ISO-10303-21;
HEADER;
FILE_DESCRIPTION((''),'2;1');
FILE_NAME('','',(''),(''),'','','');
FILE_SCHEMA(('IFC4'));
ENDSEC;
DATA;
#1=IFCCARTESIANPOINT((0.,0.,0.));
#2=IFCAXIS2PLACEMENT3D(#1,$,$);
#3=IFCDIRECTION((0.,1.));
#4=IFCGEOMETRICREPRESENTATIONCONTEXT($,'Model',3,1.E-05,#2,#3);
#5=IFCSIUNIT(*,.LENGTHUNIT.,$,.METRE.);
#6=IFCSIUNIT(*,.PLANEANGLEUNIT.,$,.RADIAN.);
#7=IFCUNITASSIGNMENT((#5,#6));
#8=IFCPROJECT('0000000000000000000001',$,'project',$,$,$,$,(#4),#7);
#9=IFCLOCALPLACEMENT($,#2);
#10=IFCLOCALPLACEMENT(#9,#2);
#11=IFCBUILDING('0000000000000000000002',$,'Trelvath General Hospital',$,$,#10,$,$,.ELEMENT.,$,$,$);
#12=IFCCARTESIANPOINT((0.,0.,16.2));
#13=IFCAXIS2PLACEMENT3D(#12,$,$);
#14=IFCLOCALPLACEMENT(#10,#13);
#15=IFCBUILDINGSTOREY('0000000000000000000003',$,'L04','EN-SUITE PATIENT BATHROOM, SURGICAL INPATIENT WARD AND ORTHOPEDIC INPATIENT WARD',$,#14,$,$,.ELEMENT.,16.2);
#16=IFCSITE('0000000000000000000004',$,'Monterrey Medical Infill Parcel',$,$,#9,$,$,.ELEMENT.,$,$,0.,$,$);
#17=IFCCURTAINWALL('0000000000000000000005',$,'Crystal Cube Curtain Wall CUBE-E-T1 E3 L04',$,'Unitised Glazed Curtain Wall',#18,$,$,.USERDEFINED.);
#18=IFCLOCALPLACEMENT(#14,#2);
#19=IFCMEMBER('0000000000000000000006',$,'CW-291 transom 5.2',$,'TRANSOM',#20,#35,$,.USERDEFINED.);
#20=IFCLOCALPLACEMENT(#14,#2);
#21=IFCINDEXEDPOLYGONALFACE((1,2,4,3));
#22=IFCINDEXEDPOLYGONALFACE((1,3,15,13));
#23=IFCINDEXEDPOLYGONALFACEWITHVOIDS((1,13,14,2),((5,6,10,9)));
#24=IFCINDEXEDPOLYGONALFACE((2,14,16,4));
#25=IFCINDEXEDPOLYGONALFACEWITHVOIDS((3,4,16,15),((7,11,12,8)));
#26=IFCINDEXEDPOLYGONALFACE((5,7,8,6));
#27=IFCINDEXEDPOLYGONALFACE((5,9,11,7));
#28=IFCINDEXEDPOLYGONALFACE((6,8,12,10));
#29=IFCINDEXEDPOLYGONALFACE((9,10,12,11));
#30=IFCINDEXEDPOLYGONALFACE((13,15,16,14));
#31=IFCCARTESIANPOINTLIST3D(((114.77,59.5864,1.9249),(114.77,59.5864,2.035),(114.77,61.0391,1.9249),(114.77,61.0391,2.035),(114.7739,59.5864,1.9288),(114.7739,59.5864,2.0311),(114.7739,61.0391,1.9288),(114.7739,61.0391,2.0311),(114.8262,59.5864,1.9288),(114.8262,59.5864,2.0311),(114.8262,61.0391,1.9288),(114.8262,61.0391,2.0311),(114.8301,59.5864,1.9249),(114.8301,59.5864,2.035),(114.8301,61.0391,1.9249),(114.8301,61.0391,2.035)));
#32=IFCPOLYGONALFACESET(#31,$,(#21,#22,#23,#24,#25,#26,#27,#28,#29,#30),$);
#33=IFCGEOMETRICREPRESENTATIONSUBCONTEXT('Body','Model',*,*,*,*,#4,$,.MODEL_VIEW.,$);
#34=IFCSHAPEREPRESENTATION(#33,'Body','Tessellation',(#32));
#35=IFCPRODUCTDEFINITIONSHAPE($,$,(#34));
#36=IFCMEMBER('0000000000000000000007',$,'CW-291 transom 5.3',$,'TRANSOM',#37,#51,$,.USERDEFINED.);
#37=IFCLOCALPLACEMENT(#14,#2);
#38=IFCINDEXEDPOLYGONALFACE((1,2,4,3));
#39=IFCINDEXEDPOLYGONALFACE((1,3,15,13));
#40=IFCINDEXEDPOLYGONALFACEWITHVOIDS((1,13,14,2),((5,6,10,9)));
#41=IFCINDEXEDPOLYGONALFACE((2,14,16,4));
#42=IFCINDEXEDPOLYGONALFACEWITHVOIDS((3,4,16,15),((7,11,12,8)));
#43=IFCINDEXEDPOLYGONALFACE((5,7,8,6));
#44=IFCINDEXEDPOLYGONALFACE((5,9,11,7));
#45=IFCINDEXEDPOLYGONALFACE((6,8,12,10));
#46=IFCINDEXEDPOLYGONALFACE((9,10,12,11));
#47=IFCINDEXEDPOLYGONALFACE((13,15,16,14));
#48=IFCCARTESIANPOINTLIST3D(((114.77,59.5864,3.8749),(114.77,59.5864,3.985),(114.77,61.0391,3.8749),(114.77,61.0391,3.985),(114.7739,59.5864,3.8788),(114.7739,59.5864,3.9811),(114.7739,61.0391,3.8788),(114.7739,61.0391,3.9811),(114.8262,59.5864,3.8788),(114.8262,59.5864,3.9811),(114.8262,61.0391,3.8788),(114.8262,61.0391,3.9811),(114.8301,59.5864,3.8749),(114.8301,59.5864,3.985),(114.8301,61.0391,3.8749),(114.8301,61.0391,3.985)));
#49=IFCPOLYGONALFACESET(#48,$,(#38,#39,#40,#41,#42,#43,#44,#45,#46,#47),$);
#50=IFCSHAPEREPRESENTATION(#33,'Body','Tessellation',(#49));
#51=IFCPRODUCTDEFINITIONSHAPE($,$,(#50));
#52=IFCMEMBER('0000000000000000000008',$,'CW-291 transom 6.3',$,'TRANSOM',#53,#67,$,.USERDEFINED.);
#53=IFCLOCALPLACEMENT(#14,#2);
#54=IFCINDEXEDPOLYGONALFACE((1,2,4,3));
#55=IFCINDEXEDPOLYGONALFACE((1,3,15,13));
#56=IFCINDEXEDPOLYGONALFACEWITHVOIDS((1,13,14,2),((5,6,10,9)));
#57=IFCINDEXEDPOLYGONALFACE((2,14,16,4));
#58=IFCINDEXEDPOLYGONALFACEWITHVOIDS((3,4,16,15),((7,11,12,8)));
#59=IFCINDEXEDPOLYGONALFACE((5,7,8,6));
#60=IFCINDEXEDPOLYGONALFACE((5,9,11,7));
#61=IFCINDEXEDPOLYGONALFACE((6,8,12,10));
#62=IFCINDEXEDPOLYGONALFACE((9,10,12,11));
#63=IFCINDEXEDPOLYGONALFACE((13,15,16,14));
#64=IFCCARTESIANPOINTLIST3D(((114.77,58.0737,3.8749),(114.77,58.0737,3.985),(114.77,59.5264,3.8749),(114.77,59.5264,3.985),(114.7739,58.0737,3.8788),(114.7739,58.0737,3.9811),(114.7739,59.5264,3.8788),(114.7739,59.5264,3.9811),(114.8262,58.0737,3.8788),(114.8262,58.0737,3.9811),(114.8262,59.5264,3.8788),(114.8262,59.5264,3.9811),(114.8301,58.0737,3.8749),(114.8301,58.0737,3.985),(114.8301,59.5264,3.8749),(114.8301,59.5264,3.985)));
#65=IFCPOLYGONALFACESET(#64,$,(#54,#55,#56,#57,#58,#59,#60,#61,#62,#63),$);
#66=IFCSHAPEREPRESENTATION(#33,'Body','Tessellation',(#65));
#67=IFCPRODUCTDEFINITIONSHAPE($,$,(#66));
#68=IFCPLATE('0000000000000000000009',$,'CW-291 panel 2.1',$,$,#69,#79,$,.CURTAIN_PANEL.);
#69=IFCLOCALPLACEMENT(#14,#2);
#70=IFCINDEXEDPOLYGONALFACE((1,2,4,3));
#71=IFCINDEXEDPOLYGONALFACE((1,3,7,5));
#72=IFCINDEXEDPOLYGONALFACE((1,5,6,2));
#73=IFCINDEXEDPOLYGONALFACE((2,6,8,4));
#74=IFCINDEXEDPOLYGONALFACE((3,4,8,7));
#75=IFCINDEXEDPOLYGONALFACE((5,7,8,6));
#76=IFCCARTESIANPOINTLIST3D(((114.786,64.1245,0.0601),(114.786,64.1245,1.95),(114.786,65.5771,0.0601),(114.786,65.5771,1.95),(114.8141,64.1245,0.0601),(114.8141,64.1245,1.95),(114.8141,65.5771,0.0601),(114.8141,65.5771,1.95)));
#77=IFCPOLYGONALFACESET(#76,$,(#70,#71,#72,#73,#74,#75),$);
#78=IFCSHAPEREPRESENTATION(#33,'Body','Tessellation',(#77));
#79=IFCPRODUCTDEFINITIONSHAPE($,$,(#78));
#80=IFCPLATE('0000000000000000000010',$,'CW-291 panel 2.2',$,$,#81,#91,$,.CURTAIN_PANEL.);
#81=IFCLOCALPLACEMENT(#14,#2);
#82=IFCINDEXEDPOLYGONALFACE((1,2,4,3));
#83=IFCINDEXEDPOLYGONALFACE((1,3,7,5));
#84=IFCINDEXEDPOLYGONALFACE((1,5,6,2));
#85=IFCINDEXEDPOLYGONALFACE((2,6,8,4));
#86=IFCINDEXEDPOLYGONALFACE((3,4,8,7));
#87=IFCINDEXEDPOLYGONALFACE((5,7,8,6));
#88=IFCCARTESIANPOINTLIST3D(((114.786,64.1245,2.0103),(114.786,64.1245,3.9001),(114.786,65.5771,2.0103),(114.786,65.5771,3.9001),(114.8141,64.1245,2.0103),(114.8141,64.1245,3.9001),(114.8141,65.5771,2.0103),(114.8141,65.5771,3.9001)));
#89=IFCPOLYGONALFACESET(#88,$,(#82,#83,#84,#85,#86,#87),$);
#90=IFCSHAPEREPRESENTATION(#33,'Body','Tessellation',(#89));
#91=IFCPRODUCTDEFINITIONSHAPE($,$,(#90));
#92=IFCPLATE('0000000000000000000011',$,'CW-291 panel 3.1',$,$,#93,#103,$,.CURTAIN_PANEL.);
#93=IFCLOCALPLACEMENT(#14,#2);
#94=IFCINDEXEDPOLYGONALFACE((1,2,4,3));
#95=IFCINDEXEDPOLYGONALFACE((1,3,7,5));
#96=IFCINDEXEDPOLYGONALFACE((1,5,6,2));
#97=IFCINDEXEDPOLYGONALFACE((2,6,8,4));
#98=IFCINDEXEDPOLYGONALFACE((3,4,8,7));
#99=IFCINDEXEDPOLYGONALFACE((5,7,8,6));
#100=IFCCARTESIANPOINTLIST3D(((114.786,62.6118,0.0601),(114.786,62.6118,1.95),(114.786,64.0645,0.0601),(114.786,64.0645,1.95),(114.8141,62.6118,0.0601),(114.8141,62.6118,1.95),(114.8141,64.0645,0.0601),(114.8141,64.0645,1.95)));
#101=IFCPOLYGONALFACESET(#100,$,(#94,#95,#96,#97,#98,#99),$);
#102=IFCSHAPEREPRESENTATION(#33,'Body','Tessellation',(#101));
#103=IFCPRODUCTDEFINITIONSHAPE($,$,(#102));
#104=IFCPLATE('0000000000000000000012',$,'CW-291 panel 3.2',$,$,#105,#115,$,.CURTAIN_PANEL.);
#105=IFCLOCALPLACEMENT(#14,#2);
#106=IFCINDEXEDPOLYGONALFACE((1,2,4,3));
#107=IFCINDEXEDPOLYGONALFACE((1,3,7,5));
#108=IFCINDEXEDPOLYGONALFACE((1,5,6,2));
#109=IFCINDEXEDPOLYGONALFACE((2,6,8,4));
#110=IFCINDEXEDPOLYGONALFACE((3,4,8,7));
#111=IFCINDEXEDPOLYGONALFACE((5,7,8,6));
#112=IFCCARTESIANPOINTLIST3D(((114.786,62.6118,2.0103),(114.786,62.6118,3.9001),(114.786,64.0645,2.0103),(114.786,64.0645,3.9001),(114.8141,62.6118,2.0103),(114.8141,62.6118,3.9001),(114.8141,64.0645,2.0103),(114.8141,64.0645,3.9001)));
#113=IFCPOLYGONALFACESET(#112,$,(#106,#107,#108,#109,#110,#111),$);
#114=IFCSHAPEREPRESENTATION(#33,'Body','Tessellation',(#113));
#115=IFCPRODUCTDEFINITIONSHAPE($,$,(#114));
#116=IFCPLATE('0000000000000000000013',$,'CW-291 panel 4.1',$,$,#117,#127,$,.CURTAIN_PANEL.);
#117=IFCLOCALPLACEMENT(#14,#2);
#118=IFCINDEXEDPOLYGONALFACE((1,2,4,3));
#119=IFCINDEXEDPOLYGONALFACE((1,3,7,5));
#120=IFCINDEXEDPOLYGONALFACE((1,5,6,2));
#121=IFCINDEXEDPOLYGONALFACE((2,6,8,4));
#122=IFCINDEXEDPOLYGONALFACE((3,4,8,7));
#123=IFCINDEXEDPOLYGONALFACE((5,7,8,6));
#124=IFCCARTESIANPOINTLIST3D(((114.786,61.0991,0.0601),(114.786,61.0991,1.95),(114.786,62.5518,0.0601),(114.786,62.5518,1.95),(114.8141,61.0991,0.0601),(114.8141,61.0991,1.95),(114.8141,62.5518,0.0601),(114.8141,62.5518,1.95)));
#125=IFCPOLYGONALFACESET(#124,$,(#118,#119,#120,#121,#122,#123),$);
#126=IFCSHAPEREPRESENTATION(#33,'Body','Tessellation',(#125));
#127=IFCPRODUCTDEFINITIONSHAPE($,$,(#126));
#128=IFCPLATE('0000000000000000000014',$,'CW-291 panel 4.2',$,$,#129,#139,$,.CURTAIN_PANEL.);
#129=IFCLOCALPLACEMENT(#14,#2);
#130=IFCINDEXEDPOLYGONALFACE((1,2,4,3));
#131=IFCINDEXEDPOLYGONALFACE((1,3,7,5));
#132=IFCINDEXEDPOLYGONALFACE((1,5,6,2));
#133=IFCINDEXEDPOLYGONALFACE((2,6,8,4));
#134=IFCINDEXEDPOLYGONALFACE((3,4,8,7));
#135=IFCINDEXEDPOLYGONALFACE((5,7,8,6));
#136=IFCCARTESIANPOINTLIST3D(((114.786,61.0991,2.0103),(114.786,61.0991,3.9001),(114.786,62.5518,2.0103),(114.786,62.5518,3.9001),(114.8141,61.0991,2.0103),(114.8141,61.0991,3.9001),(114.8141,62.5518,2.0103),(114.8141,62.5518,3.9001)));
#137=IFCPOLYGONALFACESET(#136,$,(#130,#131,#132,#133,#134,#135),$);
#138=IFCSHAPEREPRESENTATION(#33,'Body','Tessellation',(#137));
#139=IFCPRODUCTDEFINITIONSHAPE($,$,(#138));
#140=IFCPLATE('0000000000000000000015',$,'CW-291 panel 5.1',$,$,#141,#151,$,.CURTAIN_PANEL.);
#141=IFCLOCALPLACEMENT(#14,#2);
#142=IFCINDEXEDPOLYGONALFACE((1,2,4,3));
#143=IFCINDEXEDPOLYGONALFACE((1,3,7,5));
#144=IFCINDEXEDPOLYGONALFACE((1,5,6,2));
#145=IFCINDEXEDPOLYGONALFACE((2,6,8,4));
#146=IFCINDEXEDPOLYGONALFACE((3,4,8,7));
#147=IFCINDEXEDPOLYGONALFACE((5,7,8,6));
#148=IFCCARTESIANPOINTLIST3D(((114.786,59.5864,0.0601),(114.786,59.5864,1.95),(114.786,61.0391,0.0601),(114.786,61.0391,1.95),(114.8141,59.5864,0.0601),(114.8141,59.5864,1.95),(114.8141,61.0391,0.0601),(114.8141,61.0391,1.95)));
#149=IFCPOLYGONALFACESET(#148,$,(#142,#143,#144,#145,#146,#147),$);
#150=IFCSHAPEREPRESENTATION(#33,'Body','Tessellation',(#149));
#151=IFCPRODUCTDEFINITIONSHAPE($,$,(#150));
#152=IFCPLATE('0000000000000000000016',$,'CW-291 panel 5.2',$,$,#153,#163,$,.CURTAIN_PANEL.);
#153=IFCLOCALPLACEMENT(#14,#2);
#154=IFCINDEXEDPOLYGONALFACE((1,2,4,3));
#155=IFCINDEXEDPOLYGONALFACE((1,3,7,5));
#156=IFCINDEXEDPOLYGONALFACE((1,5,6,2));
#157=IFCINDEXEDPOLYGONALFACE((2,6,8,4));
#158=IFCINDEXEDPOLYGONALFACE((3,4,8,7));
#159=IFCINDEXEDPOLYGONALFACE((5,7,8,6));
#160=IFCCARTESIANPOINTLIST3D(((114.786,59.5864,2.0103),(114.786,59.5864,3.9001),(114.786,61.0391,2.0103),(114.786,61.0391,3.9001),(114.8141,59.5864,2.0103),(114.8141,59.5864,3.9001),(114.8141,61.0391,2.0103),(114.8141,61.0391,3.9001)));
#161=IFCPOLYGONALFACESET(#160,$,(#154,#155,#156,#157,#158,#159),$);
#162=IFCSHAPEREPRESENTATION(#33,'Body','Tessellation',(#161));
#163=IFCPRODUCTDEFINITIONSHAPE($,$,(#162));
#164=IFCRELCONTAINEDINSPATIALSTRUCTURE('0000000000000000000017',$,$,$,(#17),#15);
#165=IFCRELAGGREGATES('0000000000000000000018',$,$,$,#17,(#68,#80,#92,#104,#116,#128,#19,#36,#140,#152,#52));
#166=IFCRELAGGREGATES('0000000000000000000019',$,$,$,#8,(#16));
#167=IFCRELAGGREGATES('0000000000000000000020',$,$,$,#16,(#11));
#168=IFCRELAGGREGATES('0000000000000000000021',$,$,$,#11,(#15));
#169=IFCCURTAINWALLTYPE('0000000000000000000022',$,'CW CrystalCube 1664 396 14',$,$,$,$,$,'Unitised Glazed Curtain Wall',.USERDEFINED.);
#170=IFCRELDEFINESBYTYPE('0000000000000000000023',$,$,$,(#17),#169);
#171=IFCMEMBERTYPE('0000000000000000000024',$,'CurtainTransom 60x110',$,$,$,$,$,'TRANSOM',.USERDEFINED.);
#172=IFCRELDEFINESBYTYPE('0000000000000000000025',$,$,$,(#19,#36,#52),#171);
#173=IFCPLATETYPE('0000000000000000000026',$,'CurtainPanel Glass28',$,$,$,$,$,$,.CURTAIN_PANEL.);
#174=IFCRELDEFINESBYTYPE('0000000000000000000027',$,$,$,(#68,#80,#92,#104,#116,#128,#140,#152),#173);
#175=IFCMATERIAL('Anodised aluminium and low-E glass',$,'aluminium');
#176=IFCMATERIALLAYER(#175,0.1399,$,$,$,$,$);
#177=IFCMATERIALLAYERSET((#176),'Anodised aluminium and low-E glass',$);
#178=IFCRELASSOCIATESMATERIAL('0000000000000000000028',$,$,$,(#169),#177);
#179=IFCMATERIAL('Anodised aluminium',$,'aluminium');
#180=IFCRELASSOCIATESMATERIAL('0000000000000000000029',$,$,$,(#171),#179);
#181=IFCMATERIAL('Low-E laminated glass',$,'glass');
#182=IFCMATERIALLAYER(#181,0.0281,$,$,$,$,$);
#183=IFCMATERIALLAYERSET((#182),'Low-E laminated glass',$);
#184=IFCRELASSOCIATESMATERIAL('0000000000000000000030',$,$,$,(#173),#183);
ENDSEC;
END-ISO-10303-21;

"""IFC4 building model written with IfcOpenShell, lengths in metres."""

from ifc_helpers import new_model, si_unit, direction, frame, origin, origin_2d, place, context, subcontext, project, spatial, rectangle, hollow_rectangle, extrude, material, layer, layer_set, material_profile, profile_set, type_object, element, aggregate, save


model = new_model("IFC4")

# Units and contexts
model_context = context("Model", 3, precision=1e-05, world=origin(), true_north=direction((0.0, 1.0)))
body_context = subcontext(model_context, "Body", "Model", "MODEL_VIEW")
ifc_project = project(units=[si_unit("LENGTHUNIT", "METRE"), si_unit("PLANEANGLEUNIT", "RADIAN")], contexts=[model_context])

# Site, building, storey
site_placement = place(None, origin())
site = spatial("IfcSite", under=ifc_project, at=site_placement, Name="Monterrey Medical Infill Parcel", CompositionType="ELEMENT", RefElevation=0.0)
building_placement = place(site_placement, origin())
building = spatial("IfcBuilding", under=site, at=building_placement, Name="Trelvath General Hospital", CompositionType="ELEMENT")
storey_placement = place(building_placement, frame((0.0, 0.0, 16.2)))
storey = spatial("IfcBuildingStorey", under=building, at=storey_placement, Name="L04", Description="EN-SUITE PATIENT BATHROOM, SURGICAL INPATIENT WARD AND ORTHOPEDIC INPATIENT WARD", CompositionType="ELEMENT", Elevation=16.2)

# Curtain wall, members, plates
ifc_material_1 = material(Name="Anodised aluminium and low-E glass", Category="aluminium")
ifc_layer_1 = layer(ifc_material_1, 0.1399)
ifc_layer_set_1 = layer_set([ifc_layer_1], Name="Anodised aluminium and low-E glass")
curtain_wall_type = type_object("IfcCurtainWallType", Name="CW CrystalCube 1664 396 14", ElementType="Unitised Glazed Curtain Wall", PredefinedType="USERDEFINED", material=ifc_layer_set_1)
curtain_wall_placement = place(storey_placement, origin())
curtain_wall = element("IfcCurtainWall", 1, at=curtain_wall_placement, inside=storey, type_object=curtain_wall_type, Name="Crystal Cube Curtain Wall CUBE-E-T1 E3 L04", ObjectType="Unitised Glazed Curtain Wall", PredefinedType="USERDEFINED")
ifc_material_2 = material(Name="Anodised aluminium", Category="aluminium")
ifc_material_profile_1 = material_profile(ifc_material_2, hollow_rectangle(XDim=0.0601, YDim=0.1101, WallThickness=0.0039, at=origin_2d()), Name="RHS60x110x4")
ifc_profile_set_1 = profile_set([ifc_material_profile_1], Name="Anodised aluminium")
member_type_1 = type_object("IfcMemberType", Name="CurtainTransom 60x110", ElementType="TRANSOM", PredefinedType="USERDEFINED", material=ifc_profile_set_1)
member_1_placement = place(storey_placement, frame((114.8, 61.0391, 1.98), z_axis=(0.0, -1.0, 0.0), x_axis=(1.0, 0.0, 0.0)))
member_1 = element("IfcMember", 2, at=member_1_placement, type_object=member_type_1, Name="CW-291 transom 5.2", ObjectType="TRANSOM", PredefinedType="USERDEFINED", context=body_context, shape_type="SweptSolid", body=[
    extrude(hollow_rectangle(XDim=0.0601, YDim=0.1101, WallThickness=0.0039, at=origin_2d()), origin(), (0.0, 0.0, 1.0), 1.4526),
])
member_2_placement = place(storey_placement, frame((114.8, 61.0391, 3.9299), z_axis=(0.0, -1.0, 0.0), x_axis=(1.0, 0.0, 0.0)))
member_2 = element("IfcMember", 3, at=member_2_placement, type_object=member_type_1, Name="CW-291 transom 5.3", ObjectType="TRANSOM", PredefinedType="USERDEFINED", context=body_context, shape_type="SweptSolid", body=[
    extrude(hollow_rectangle(XDim=0.0601, YDim=0.1101, WallThickness=0.0039, at=origin_2d()), origin(), (0.0, 0.0, 1.0), 1.4526),
])
member_3_placement = place(storey_placement, frame((114.8, 59.5264, 3.9299), z_axis=(0.0, -1.0, 0.0), x_axis=(1.0, 0.0, 0.0)))
member_3 = element("IfcMember", 4, at=member_3_placement, type_object=member_type_1, Name="CW-291 transom 6.3", ObjectType="TRANSOM", PredefinedType="USERDEFINED", context=body_context, shape_type="SweptSolid", body=[
    extrude(hollow_rectangle(XDim=0.0601, YDim=0.1101, WallThickness=0.0039, at=origin_2d()), origin(), (0.0, 0.0, 1.0), 1.4526),
])
ifc_material_3 = material(Name="Low-E laminated glass", Category="glass")
ifc_layer_2 = layer(ifc_material_3, 0.0281)
ifc_layer_set_2 = layer_set([ifc_layer_2], Name="Low-E laminated glass")
plate_type = type_object("IfcPlateType", Name="CurtainPanel Glass28", PredefinedType="CURTAIN_PANEL", material=ifc_layer_set_2)
plate_1_placement = place(storey_placement, frame((114.8, 64.8508, 0.0601), z_axis=(0.0, 0.0, 1.0), x_axis=(0.0, -1.0, 0.0)))
plate_1 = element("IfcPlate", 5, at=plate_1_placement, type_object=plate_type, Name="CW-291 panel 2.1", PredefinedType="CURTAIN_PANEL", context=body_context, shape_type="SweptSolid", body=[
    extrude(rectangle(XDim=1.4526, YDim=0.0281, at=origin_2d()), origin(), (0.0, 0.0, 1.0), 1.8899),
])
plate_2_placement = place(storey_placement, frame((114.8, 64.8508, 2.0103), z_axis=(0.0, 0.0, 1.0), x_axis=(0.0, -1.0, 0.0)))
plate_2 = element("IfcPlate", 6, at=plate_2_placement, type_object=plate_type, Name="CW-291 panel 2.2", PredefinedType="CURTAIN_PANEL", context=body_context, shape_type="SweptSolid", body=[
    extrude(rectangle(XDim=1.4526, YDim=0.0281, at=origin_2d()), origin(), (0.0, 0.0, 1.0), 1.8899),
])
plate_3_placement = place(storey_placement, frame((114.8, 63.3381, 0.0601), z_axis=(0.0, 0.0, 1.0), x_axis=(0.0, -1.0, 0.0)))
plate_3 = element("IfcPlate", 7, at=plate_3_placement, type_object=plate_type, Name="CW-291 panel 3.1", PredefinedType="CURTAIN_PANEL", context=body_context, shape_type="SweptSolid", body=[
    extrude(rectangle(XDim=1.4526, YDim=0.0281, at=origin_2d()), origin(), (0.0, 0.0, 1.0), 1.8899),
])
plate_4_placement = place(storey_placement, frame((114.8, 63.3381, 2.0103), z_axis=(0.0, 0.0, 1.0), x_axis=(0.0, -1.0, 0.0)))
plate_4 = element("IfcPlate", 8, at=plate_4_placement, type_object=plate_type, Name="CW-291 panel 3.2", PredefinedType="CURTAIN_PANEL", context=body_context, shape_type="SweptSolid", body=[
    extrude(rectangle(XDim=1.4526, YDim=0.0281, at=origin_2d()), origin(), (0.0, 0.0, 1.0), 1.8899),
])
plate_5_placement = place(storey_placement, frame((114.8, 61.8254, 0.0601), z_axis=(0.0, 0.0, 1.0), x_axis=(0.0, -1.0, 0.0)))
plate_5 = element("IfcPlate", 9, at=plate_5_placement, type_object=plate_type, Name="CW-291 panel 4.1", PredefinedType="CURTAIN_PANEL", context=body_context, shape_type="SweptSolid", body=[
    extrude(rectangle(XDim=1.4526, YDim=0.0281, at=origin_2d()), origin(), (0.0, 0.0, 1.0), 1.8899),
])
plate_6_placement = place(storey_placement, frame((114.8, 61.8254, 2.0103), z_axis=(0.0, 0.0, 1.0), x_axis=(0.0, -1.0, 0.0)))
plate_6 = element("IfcPlate", 10, at=plate_6_placement, type_object=plate_type, Name="CW-291 panel 4.2", PredefinedType="CURTAIN_PANEL", context=body_context, shape_type="SweptSolid", body=[
    extrude(rectangle(XDim=1.4526, YDim=0.0281, at=origin_2d()), origin(), (0.0, 0.0, 1.0), 1.8899),
])
plate_7_placement = place(storey_placement, frame((114.8, 60.3127, 0.0601), z_axis=(0.0, 0.0, 1.0), x_axis=(0.0, -1.0, 0.0)))
plate_7 = element("IfcPlate", 11, at=plate_7_placement, type_object=plate_type, Name="CW-291 panel 5.1", PredefinedType="CURTAIN_PANEL", context=body_context, shape_type="SweptSolid", body=[
    extrude(rectangle(XDim=1.4526, YDim=0.0281, at=origin_2d()), origin(), (0.0, 0.0, 1.0), 1.8899),
])
plate_8_placement = place(storey_placement, frame((114.8, 60.3127, 2.0103), z_axis=(0.0, 0.0, 1.0), x_axis=(0.0, -1.0, 0.0)))
plate_8 = element("IfcPlate", 12, at=plate_8_placement, type_object=plate_type, Name="CW-291 panel 5.2", PredefinedType="CURTAIN_PANEL", context=body_context, shape_type="SweptSolid", body=[
    extrude(rectangle(XDim=1.4526, YDim=0.0281, at=origin_2d()), origin(), (0.0, 0.0, 1.0), 1.8899),
])
aggregate(curtain_wall, [plate_1, plate_2, plate_3, plate_4, plate_5, plate_6, member_1, member_2, plate_7, plate_8, member_3])

save(model, "model.ifc")
